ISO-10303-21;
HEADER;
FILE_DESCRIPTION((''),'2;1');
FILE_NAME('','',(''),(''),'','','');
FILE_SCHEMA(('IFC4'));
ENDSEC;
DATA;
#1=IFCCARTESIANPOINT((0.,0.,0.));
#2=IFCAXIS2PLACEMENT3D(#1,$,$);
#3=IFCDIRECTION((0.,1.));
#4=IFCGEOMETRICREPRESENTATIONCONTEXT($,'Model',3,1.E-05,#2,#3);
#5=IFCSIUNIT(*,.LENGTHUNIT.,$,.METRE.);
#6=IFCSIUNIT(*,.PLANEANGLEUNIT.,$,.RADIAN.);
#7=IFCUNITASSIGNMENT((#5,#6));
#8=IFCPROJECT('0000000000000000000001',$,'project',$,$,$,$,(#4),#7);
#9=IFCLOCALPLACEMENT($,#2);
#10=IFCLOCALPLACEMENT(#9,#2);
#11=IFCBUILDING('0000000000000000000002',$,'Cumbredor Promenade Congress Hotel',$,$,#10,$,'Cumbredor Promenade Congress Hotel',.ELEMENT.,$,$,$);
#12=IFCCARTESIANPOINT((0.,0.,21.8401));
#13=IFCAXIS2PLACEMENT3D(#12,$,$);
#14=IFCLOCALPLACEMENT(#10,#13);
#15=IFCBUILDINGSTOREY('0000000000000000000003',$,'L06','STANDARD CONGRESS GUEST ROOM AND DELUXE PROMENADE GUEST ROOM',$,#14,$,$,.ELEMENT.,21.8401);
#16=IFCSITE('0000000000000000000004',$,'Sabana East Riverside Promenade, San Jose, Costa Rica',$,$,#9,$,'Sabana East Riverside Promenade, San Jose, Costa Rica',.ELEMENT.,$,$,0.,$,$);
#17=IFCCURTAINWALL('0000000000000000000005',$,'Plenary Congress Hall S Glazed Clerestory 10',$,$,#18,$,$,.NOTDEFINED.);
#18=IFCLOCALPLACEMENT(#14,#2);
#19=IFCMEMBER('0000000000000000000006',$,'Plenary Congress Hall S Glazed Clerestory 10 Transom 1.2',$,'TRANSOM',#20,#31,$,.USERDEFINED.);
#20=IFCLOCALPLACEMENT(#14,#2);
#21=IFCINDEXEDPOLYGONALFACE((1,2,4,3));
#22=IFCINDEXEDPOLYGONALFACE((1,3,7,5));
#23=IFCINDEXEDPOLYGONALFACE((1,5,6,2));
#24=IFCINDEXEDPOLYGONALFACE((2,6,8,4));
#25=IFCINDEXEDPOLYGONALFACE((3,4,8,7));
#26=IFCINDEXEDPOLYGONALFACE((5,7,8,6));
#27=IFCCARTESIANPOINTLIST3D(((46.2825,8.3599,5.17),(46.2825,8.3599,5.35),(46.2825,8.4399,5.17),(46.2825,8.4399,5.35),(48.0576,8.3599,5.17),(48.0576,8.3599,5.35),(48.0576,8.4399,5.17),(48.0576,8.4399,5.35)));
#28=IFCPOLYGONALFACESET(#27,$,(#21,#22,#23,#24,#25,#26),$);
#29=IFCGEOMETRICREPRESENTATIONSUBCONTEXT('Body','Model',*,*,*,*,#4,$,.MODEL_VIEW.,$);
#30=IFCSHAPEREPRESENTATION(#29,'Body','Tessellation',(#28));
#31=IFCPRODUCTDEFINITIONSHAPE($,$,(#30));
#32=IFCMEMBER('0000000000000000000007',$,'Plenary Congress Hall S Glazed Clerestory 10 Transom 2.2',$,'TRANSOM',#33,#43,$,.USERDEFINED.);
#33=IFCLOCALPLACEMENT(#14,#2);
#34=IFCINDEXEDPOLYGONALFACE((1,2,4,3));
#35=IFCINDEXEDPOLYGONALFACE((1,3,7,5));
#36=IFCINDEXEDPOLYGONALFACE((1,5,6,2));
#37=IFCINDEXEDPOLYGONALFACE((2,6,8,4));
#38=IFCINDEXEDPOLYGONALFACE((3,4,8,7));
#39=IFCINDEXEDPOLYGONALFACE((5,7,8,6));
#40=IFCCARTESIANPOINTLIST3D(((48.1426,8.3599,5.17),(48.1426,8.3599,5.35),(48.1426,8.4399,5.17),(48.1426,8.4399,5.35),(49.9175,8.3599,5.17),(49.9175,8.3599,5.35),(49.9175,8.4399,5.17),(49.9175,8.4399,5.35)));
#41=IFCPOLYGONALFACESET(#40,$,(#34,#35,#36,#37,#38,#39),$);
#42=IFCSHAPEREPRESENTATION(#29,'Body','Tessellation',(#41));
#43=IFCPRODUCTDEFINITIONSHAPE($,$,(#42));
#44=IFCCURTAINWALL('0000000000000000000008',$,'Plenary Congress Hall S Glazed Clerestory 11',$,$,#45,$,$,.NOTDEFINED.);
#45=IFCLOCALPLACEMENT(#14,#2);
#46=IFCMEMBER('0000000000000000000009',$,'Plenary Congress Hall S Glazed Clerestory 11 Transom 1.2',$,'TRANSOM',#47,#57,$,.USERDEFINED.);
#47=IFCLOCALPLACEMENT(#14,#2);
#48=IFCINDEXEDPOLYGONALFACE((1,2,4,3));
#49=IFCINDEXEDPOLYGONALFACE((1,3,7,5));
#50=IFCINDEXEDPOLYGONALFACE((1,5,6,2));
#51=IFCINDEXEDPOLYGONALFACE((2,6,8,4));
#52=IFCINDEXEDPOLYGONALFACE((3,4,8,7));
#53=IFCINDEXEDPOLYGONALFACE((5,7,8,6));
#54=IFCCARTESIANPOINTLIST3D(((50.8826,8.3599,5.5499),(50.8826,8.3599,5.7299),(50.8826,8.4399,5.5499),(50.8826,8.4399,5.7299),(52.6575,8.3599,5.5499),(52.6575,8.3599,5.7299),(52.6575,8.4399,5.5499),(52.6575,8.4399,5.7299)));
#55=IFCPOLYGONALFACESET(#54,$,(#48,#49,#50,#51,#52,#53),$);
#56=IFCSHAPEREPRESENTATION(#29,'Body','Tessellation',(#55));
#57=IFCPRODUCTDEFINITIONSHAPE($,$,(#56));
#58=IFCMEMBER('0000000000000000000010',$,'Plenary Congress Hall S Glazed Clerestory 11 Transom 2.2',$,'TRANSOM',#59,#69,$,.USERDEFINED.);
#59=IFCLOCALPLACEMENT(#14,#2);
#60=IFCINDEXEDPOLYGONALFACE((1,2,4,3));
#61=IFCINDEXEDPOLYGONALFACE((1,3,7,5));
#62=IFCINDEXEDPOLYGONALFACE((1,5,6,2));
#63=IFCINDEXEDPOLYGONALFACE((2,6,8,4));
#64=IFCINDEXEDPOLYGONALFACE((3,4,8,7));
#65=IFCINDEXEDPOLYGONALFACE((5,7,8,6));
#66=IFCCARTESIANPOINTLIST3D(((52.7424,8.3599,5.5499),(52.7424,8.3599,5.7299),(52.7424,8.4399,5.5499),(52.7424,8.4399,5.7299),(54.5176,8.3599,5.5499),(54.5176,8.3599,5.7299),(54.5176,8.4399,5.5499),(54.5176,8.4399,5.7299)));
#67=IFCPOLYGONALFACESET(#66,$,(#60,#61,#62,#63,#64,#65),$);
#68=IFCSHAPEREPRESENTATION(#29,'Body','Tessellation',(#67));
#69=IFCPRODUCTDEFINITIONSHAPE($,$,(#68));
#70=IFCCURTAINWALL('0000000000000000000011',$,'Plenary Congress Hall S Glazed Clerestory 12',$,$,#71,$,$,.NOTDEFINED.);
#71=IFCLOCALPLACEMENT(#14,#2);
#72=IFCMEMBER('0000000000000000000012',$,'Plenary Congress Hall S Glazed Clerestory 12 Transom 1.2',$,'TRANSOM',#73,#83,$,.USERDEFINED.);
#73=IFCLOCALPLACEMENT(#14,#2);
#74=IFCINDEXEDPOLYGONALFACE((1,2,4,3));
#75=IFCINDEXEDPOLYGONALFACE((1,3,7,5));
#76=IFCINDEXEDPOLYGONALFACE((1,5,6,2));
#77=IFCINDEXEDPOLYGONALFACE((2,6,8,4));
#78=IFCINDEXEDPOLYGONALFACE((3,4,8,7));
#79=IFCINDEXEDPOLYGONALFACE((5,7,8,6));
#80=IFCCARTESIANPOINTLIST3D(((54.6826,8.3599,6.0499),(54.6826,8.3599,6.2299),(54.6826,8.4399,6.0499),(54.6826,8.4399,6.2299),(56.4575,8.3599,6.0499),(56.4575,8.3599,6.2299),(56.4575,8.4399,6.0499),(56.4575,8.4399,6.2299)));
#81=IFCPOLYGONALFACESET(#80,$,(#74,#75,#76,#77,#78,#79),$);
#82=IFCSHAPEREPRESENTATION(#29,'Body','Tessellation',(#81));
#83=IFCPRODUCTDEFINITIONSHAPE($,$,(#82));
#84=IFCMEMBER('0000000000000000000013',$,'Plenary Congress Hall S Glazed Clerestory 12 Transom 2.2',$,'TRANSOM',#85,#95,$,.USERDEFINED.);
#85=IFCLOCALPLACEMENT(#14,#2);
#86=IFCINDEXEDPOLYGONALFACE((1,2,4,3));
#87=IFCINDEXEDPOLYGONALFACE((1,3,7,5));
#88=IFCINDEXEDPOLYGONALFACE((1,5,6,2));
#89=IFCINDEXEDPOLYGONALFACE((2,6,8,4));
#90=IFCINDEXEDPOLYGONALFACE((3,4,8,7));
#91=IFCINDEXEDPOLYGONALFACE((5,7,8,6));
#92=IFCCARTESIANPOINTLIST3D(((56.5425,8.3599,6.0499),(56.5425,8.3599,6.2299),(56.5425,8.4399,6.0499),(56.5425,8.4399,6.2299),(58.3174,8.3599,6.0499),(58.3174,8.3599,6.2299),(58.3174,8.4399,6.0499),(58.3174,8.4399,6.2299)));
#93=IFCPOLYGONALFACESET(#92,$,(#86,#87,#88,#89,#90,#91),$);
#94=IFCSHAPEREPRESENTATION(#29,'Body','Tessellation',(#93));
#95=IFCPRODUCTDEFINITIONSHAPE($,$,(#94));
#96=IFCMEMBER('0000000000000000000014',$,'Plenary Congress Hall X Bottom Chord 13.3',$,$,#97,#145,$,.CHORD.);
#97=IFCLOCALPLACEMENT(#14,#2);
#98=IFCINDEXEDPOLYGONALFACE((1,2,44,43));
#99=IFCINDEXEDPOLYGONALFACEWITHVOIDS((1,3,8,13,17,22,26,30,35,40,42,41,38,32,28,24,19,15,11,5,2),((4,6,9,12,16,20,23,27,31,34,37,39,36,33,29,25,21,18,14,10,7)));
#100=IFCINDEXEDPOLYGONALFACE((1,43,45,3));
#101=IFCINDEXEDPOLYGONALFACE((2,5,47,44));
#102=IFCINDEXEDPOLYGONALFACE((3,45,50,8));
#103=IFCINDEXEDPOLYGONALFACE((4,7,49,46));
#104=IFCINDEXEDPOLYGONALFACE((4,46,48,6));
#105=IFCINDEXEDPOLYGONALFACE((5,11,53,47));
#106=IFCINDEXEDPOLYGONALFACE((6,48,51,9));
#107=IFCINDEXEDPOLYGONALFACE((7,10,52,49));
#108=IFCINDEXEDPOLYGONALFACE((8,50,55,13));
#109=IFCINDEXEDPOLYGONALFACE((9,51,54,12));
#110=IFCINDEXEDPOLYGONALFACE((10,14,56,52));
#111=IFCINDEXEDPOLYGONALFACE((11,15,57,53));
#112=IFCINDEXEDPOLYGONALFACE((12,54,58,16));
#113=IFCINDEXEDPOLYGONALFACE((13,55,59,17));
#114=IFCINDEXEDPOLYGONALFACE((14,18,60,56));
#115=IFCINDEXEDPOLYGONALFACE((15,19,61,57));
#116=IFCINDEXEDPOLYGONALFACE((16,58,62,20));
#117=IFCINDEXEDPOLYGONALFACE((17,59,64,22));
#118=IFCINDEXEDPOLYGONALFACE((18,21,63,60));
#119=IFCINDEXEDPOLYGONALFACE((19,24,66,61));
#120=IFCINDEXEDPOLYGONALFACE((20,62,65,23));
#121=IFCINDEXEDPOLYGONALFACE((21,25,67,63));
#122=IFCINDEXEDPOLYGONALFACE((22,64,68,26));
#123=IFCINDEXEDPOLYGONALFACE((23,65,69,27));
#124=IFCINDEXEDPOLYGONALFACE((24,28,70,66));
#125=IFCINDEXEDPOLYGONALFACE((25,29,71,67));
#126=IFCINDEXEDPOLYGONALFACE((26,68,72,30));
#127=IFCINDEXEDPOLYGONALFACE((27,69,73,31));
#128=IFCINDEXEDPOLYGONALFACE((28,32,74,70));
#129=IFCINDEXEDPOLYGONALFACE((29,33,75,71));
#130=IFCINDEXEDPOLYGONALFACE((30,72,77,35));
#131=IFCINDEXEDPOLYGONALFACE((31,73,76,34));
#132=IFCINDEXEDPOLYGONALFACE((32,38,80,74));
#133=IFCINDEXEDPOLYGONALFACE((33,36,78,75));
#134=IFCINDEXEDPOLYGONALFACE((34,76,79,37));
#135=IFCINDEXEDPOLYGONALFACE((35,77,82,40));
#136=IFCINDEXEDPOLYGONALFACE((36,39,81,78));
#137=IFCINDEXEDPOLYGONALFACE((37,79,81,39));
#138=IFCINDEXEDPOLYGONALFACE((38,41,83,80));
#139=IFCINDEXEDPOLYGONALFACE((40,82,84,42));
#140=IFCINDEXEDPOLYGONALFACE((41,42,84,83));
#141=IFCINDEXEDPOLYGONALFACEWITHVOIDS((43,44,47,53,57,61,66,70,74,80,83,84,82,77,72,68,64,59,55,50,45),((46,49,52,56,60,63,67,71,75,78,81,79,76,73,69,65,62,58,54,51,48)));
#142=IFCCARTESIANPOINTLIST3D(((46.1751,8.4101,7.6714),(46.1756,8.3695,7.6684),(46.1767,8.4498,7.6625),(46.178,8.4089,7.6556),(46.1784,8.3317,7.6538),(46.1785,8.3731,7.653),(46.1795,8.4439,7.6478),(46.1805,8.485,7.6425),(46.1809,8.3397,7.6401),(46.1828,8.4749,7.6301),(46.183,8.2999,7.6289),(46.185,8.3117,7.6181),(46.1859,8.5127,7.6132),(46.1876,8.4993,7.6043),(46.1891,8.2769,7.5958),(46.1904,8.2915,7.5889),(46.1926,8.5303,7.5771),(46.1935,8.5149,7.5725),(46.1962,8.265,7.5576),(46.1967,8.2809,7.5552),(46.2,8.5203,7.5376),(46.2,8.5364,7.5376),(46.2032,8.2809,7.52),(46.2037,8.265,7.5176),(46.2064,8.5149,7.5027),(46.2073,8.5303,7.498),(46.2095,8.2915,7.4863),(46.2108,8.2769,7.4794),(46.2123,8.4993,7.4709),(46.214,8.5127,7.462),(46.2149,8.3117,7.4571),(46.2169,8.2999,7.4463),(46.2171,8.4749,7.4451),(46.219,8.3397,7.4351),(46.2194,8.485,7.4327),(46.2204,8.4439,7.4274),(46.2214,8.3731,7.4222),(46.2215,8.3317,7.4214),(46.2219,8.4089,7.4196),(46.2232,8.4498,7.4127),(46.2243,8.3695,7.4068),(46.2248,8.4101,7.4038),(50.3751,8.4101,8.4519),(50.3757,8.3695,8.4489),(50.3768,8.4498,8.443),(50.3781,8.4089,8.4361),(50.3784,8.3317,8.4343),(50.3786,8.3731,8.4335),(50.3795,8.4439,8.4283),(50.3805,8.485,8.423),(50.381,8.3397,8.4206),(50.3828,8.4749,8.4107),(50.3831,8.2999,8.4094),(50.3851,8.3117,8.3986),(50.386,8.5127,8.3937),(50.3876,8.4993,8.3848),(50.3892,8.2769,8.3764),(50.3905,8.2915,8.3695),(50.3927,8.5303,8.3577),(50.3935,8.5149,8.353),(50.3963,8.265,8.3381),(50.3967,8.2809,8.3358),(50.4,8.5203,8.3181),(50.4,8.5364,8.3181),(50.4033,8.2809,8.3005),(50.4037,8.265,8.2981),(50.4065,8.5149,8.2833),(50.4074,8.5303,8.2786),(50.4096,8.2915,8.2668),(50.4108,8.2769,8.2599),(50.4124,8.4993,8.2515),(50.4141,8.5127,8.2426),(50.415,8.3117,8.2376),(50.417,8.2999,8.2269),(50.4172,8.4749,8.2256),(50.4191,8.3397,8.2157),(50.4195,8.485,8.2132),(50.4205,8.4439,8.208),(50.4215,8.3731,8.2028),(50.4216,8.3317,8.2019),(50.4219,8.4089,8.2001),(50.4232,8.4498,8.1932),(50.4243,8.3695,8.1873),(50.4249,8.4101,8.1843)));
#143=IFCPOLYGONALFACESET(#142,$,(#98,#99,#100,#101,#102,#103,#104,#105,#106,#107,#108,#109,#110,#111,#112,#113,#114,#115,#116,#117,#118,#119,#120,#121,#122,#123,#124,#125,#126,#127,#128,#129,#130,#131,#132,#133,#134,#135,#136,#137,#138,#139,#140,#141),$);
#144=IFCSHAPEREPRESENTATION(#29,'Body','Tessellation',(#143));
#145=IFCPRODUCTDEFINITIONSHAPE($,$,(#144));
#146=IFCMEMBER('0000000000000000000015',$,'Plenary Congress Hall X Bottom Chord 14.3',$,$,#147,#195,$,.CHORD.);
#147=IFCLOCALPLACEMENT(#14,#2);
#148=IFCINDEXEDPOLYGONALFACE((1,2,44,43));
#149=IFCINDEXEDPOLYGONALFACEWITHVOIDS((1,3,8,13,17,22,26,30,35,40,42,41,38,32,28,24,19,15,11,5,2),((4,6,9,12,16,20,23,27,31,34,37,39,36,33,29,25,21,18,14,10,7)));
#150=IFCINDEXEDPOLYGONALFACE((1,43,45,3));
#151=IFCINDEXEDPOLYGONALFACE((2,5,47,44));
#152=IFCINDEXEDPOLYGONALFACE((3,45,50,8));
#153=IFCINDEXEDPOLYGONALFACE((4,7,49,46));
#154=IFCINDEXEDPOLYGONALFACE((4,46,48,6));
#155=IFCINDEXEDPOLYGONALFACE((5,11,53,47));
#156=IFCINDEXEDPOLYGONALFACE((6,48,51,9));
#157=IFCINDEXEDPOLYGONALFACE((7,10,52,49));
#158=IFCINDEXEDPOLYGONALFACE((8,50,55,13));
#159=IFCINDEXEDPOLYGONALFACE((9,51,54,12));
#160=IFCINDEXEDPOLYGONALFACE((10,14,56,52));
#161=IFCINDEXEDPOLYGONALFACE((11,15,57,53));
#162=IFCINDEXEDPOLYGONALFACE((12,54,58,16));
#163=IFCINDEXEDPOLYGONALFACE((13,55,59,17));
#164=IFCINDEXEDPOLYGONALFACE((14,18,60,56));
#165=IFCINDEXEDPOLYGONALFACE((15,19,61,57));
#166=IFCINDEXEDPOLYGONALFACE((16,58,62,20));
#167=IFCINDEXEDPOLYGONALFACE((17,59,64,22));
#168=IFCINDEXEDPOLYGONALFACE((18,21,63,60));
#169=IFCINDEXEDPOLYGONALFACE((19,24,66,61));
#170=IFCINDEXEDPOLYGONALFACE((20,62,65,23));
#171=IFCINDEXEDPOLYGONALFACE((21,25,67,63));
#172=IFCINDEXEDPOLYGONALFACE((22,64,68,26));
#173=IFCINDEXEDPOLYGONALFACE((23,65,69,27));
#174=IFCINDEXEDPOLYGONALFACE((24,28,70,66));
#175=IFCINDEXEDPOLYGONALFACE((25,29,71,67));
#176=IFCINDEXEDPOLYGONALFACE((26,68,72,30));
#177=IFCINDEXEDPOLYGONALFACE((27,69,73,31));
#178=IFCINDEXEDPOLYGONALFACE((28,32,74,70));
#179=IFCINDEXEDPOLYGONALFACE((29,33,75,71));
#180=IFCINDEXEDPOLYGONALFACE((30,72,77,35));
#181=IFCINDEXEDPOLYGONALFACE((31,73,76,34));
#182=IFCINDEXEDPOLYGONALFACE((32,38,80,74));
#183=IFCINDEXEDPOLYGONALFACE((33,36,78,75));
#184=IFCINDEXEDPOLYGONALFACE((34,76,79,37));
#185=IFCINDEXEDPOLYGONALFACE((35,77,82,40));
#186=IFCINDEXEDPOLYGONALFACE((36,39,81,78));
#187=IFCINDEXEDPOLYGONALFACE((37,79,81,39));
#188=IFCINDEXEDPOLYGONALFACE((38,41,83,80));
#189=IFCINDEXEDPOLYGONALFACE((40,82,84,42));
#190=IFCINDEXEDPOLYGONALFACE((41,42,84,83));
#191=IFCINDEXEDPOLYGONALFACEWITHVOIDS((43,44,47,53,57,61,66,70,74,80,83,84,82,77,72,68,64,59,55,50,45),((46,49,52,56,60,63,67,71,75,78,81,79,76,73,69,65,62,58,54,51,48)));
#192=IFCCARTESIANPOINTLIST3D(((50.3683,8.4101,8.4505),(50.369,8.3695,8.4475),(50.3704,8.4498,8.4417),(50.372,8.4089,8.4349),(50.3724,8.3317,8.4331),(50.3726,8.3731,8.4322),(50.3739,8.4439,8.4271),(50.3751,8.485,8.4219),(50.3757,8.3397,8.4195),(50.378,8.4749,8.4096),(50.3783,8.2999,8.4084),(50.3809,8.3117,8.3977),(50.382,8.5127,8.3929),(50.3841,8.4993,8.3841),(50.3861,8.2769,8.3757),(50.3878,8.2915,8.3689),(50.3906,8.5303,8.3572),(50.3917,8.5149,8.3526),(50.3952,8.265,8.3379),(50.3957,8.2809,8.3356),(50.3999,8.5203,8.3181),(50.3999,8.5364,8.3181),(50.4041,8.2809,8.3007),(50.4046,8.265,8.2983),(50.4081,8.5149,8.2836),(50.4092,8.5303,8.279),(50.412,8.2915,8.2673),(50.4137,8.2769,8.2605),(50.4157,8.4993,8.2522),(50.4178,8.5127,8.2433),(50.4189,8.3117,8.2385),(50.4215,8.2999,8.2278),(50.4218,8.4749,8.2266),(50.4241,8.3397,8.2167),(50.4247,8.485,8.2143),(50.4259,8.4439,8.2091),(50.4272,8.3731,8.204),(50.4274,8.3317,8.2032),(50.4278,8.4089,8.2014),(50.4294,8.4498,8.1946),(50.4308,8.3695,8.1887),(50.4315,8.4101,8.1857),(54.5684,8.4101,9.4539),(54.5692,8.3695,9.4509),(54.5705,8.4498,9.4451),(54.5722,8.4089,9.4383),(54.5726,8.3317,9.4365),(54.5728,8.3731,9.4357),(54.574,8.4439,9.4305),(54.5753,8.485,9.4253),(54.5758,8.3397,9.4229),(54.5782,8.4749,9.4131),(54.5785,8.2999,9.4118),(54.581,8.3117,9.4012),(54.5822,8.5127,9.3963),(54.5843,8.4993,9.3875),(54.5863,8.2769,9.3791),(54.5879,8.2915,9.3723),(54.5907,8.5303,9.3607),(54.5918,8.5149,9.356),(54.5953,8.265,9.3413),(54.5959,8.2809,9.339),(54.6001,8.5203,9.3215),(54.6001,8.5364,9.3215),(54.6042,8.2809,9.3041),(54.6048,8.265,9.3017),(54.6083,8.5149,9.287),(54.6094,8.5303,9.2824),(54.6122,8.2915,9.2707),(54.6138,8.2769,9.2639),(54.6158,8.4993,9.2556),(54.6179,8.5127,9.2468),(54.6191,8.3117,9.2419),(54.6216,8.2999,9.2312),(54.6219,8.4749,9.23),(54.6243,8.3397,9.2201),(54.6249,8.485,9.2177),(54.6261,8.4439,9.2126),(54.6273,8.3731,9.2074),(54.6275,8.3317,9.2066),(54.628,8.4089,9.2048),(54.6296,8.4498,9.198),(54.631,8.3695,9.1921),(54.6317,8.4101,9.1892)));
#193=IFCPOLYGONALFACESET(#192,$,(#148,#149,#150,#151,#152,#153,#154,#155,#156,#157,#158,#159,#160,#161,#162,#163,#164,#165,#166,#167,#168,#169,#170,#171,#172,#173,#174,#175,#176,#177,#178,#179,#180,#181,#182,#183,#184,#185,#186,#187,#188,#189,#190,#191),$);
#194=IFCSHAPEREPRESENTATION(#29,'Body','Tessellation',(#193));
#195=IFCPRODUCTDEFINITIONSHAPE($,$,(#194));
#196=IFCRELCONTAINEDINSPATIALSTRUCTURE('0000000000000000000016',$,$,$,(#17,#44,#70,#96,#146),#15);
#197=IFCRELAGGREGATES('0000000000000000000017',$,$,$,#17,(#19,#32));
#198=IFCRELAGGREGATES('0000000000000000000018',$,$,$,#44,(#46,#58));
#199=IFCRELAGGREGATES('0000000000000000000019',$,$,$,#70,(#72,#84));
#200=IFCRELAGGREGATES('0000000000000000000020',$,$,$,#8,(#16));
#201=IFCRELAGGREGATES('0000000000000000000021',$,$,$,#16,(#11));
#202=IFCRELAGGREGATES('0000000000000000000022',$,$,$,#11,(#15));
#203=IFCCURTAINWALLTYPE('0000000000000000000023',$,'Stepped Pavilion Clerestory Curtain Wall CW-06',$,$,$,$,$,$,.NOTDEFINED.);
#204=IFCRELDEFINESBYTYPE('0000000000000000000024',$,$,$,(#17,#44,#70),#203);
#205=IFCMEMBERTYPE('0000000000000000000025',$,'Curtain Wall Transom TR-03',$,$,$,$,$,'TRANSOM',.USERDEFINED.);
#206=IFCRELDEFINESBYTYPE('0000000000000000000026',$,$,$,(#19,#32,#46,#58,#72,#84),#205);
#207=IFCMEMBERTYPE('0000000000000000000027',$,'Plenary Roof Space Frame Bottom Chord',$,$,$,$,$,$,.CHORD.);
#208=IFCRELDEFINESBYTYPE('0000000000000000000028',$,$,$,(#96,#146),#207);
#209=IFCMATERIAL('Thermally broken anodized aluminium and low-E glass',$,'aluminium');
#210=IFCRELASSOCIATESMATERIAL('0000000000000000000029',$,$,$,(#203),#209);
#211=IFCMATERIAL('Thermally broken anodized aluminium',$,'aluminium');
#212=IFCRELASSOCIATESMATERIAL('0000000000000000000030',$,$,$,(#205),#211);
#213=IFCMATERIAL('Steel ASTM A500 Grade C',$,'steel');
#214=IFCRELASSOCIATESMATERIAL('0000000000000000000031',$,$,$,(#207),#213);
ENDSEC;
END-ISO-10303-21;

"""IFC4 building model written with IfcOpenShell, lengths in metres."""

from ifc_helpers import new_model, si_unit, direction, frame, origin, origin_2d, place, context, subcontext, project, spatial, rectangle, hollow_circle, extrude, material, material_profile, profile_set, type_object, element, aggregate, save


model = new_model("IFC4")

# Units and contexts
model_context = context("Model", 3, precision=1e-05, world=origin(), true_north=direction((0.0, 1.0)))
body_context = subcontext(model_context, "Body", "Model", "MODEL_VIEW")
ifc_project = project(units=[si_unit("LENGTHUNIT", "METRE"), si_unit("PLANEANGLEUNIT", "RADIAN")], contexts=[model_context])

# Site, building, storey
site_placement = place(None, origin())
site = spatial("IfcSite", under=ifc_project, at=site_placement, Name="Sabana East Riverside Promenade, San Jose, Costa Rica", LongName="Sabana East Riverside Promenade, San Jose, Costa Rica", CompositionType="ELEMENT", RefElevation=0.0)
building_placement = place(site_placement, origin())
building = spatial("IfcBuilding", under=site, at=building_placement, Name="Cumbredor Promenade Congress Hotel", LongName="Cumbredor Promenade Congress Hotel", CompositionType="ELEMENT")
storey_placement = place(building_placement, frame((0.0, 0.0, 21.8401)))
storey = spatial("IfcBuildingStorey", under=building, at=storey_placement, Name="L06", Description="STANDARD CONGRESS GUEST ROOM AND DELUXE PROMENADE GUEST ROOM", CompositionType="ELEMENT", Elevation=21.8401)

# Curtain walls, members
ifc_material_1 = material(Name="Thermally broken anodized aluminium and low-E glass", Category="aluminium")
curtain_wall_type = type_object("IfcCurtainWallType", Name="Stepped Pavilion Clerestory Curtain Wall CW-06", PredefinedType="NOTDEFINED", material=ifc_material_1)
curtain_wall_1_placement = place(storey_placement, origin())
curtain_wall_1 = element("IfcCurtainWall", 1, at=curtain_wall_1_placement, inside=storey, type_object=curtain_wall_type, Name="Plenary Congress Hall S Glazed Clerestory 10", PredefinedType="NOTDEFINED")
ifc_material_2 = material(Name="Thermally broken anodized aluminium", Category="aluminium")
ifc_material_profile_1 = material_profile(ifc_material_2, rectangle(XDim=0.0801, YDim=0.1799, at=origin_2d()), Name="ALU TRANSOM 80x180")
ifc_profile_set_1 = profile_set([ifc_material_profile_1], Name="Thermally broken anodized aluminium")
member_type_1 = type_object("IfcMemberType", Name="Curtain Wall Transom TR-03", ElementType="TRANSOM", PredefinedType="USERDEFINED", material=ifc_profile_set_1)
member_1_placement = place(storey_placement, frame((46.2825, 8.3999, 5.26), z_axis=(1.0, 0.0, 0.0), x_axis=(0.0, 1.0, 0.0)))
member_1 = element("IfcMember", 2, at=member_1_placement, type_object=member_type_1, Name="Plenary Congress Hall S Glazed Clerestory 10 Transom 1.2", ObjectType="TRANSOM", PredefinedType="USERDEFINED", context=body_context, shape_type="SweptSolid", body=[
    extrude(rectangle(XDim=0.0801, YDim=0.1799, at=origin_2d()), origin(), (0.0, 0.0, 1.0), 1.7751),
])
member_2_placement = place(storey_placement, frame((48.1426, 8.3999, 5.26), z_axis=(1.0, 0.0, 0.0), x_axis=(0.0, 1.0, 0.0)))
member_2 = element("IfcMember", 3, at=member_2_placement, type_object=member_type_1, Name="Plenary Congress Hall S Glazed Clerestory 10 Transom 2.2", ObjectType="TRANSOM", PredefinedType="USERDEFINED", context=body_context, shape_type="SweptSolid", body=[
    extrude(rectangle(XDim=0.0801, YDim=0.1799, at=origin_2d()), origin(), (0.0, 0.0, 1.0), 1.7749),
])
curtain_wall_2_placement = place(storey_placement, origin())
curtain_wall_2 = element("IfcCurtainWall", 4, at=curtain_wall_2_placement, inside=storey, type_object=curtain_wall_type, Name="Plenary Congress Hall S Glazed Clerestory 11", PredefinedType="NOTDEFINED")
member_3_placement = place(storey_placement, frame((50.8826, 8.3999, 5.6399), z_axis=(1.0, 0.0, 0.0), x_axis=(0.0, 1.0, 0.0)))
member_3 = element("IfcMember", 5, at=member_3_placement, type_object=member_type_1, Name="Plenary Congress Hall S Glazed Clerestory 11 Transom 1.2", ObjectType="TRANSOM", PredefinedType="USERDEFINED", context=body_context, shape_type="SweptSolid", body=[
    extrude(rectangle(XDim=0.0801, YDim=0.1799, at=origin_2d()), origin(), (0.0, 0.0, 1.0), 1.7749),
])
member_4_placement = place(storey_placement, frame((52.7424, 8.3999, 5.6399), z_axis=(1.0, 0.0, 0.0), x_axis=(0.0, 1.0, 0.0)))
member_4 = element("IfcMember", 6, at=member_4_placement, type_object=member_type_1, Name="Plenary Congress Hall S Glazed Clerestory 11 Transom 2.2", ObjectType="TRANSOM", PredefinedType="USERDEFINED", context=body_context, shape_type="SweptSolid", body=[
    extrude(rectangle(XDim=0.0801, YDim=0.1799, at=origin_2d()), origin(), (0.0, 0.0, 1.0), 1.7751),
])
curtain_wall_3_placement = place(storey_placement, origin())
curtain_wall_3 = element("IfcCurtainWall", 7, at=curtain_wall_3_placement, inside=storey, type_object=curtain_wall_type, Name="Plenary Congress Hall S Glazed Clerestory 12", PredefinedType="NOTDEFINED")
member_5_placement = place(storey_placement, frame((54.6826, 8.3999, 6.1399), z_axis=(1.0, 0.0, 0.0), x_axis=(0.0, 1.0, 0.0)))
member_5 = element("IfcMember", 8, at=member_5_placement, type_object=member_type_1, Name="Plenary Congress Hall S Glazed Clerestory 12 Transom 1.2", ObjectType="TRANSOM", PredefinedType="USERDEFINED", context=body_context, shape_type="SweptSolid", body=[
    extrude(rectangle(XDim=0.0801, YDim=0.1799, at=origin_2d()), origin(), (0.0, 0.0, 1.0), 1.7749),
])
member_6_placement = place(storey_placement, frame((56.5425, 8.3999, 6.1399), z_axis=(1.0, 0.0, 0.0), x_axis=(0.0, 1.0, 0.0)))
member_6 = element("IfcMember", 9, at=member_6_placement, type_object=member_type_1, Name="Plenary Congress Hall S Glazed Clerestory 12 Transom 2.2", ObjectType="TRANSOM", PredefinedType="USERDEFINED", context=body_context, shape_type="SweptSolid", body=[
    extrude(rectangle(XDim=0.0801, YDim=0.1799, at=origin_2d()), origin(), (0.0, 0.0, 1.0), 1.7749),
])

# Members
ifc_material_3 = material(Name="Steel ASTM A500 Grade C", Category="steel")
ifc_material_profile_2 = material_profile(ifc_material_3, hollow_circle(Radius=0.1365, WallThickness=0.0161, at=origin_2d()), Name="CHS 273.0x16")
ifc_profile_set_2 = profile_set([ifc_material_profile_2], Name="Steel ASTM A500 Grade C")
member_type_2 = type_object("IfcMemberType", Name="Plenary Roof Space Frame Bottom Chord", PredefinedType="CHORD", material=ifc_profile_set_2)
member_7_placement = place(storey_placement, frame((46.2, 8.3999, 7.5376), z_axis=(0.983167, 0.0, 0.182711), x_axis=(0.0, 1.0, 0.0)))
element("IfcMember", 10, at=member_7_placement, inside=storey, type_object=member_type_2, Name="Plenary Congress Hall X Bottom Chord 13.3", PredefinedType="CHORD", context=body_context, shape_type="SweptSolid", body=[
    extrude(hollow_circle(Radius=0.1365, WallThickness=0.0161, at=origin_2d()), origin(), (0.0, 0.0, 1.0), 4.272),
])
member_8_placement = place(storey_placement, frame((50.3999, 8.3999, 8.3181), z_axis=(0.97263, 0.0, 0.232359), x_axis=(0.0, 1.0, 0.0)))
element("IfcMember", 11, at=member_8_placement, inside=storey, type_object=member_type_2, Name="Plenary Congress Hall X Bottom Chord 14.3", PredefinedType="CHORD", context=body_context, shape_type="SweptSolid", body=[
    extrude(hollow_circle(Radius=0.1365, WallThickness=0.0161, at=origin_2d()), origin(), (0.0, 0.0, 1.0), 4.3184),
])

aggregate(curtain_wall_1, [member_1, member_2])
aggregate(curtain_wall_2, [member_3, member_4])
aggregate(curtain_wall_3, [member_5, member_6])

save(model, "model.ifc")
